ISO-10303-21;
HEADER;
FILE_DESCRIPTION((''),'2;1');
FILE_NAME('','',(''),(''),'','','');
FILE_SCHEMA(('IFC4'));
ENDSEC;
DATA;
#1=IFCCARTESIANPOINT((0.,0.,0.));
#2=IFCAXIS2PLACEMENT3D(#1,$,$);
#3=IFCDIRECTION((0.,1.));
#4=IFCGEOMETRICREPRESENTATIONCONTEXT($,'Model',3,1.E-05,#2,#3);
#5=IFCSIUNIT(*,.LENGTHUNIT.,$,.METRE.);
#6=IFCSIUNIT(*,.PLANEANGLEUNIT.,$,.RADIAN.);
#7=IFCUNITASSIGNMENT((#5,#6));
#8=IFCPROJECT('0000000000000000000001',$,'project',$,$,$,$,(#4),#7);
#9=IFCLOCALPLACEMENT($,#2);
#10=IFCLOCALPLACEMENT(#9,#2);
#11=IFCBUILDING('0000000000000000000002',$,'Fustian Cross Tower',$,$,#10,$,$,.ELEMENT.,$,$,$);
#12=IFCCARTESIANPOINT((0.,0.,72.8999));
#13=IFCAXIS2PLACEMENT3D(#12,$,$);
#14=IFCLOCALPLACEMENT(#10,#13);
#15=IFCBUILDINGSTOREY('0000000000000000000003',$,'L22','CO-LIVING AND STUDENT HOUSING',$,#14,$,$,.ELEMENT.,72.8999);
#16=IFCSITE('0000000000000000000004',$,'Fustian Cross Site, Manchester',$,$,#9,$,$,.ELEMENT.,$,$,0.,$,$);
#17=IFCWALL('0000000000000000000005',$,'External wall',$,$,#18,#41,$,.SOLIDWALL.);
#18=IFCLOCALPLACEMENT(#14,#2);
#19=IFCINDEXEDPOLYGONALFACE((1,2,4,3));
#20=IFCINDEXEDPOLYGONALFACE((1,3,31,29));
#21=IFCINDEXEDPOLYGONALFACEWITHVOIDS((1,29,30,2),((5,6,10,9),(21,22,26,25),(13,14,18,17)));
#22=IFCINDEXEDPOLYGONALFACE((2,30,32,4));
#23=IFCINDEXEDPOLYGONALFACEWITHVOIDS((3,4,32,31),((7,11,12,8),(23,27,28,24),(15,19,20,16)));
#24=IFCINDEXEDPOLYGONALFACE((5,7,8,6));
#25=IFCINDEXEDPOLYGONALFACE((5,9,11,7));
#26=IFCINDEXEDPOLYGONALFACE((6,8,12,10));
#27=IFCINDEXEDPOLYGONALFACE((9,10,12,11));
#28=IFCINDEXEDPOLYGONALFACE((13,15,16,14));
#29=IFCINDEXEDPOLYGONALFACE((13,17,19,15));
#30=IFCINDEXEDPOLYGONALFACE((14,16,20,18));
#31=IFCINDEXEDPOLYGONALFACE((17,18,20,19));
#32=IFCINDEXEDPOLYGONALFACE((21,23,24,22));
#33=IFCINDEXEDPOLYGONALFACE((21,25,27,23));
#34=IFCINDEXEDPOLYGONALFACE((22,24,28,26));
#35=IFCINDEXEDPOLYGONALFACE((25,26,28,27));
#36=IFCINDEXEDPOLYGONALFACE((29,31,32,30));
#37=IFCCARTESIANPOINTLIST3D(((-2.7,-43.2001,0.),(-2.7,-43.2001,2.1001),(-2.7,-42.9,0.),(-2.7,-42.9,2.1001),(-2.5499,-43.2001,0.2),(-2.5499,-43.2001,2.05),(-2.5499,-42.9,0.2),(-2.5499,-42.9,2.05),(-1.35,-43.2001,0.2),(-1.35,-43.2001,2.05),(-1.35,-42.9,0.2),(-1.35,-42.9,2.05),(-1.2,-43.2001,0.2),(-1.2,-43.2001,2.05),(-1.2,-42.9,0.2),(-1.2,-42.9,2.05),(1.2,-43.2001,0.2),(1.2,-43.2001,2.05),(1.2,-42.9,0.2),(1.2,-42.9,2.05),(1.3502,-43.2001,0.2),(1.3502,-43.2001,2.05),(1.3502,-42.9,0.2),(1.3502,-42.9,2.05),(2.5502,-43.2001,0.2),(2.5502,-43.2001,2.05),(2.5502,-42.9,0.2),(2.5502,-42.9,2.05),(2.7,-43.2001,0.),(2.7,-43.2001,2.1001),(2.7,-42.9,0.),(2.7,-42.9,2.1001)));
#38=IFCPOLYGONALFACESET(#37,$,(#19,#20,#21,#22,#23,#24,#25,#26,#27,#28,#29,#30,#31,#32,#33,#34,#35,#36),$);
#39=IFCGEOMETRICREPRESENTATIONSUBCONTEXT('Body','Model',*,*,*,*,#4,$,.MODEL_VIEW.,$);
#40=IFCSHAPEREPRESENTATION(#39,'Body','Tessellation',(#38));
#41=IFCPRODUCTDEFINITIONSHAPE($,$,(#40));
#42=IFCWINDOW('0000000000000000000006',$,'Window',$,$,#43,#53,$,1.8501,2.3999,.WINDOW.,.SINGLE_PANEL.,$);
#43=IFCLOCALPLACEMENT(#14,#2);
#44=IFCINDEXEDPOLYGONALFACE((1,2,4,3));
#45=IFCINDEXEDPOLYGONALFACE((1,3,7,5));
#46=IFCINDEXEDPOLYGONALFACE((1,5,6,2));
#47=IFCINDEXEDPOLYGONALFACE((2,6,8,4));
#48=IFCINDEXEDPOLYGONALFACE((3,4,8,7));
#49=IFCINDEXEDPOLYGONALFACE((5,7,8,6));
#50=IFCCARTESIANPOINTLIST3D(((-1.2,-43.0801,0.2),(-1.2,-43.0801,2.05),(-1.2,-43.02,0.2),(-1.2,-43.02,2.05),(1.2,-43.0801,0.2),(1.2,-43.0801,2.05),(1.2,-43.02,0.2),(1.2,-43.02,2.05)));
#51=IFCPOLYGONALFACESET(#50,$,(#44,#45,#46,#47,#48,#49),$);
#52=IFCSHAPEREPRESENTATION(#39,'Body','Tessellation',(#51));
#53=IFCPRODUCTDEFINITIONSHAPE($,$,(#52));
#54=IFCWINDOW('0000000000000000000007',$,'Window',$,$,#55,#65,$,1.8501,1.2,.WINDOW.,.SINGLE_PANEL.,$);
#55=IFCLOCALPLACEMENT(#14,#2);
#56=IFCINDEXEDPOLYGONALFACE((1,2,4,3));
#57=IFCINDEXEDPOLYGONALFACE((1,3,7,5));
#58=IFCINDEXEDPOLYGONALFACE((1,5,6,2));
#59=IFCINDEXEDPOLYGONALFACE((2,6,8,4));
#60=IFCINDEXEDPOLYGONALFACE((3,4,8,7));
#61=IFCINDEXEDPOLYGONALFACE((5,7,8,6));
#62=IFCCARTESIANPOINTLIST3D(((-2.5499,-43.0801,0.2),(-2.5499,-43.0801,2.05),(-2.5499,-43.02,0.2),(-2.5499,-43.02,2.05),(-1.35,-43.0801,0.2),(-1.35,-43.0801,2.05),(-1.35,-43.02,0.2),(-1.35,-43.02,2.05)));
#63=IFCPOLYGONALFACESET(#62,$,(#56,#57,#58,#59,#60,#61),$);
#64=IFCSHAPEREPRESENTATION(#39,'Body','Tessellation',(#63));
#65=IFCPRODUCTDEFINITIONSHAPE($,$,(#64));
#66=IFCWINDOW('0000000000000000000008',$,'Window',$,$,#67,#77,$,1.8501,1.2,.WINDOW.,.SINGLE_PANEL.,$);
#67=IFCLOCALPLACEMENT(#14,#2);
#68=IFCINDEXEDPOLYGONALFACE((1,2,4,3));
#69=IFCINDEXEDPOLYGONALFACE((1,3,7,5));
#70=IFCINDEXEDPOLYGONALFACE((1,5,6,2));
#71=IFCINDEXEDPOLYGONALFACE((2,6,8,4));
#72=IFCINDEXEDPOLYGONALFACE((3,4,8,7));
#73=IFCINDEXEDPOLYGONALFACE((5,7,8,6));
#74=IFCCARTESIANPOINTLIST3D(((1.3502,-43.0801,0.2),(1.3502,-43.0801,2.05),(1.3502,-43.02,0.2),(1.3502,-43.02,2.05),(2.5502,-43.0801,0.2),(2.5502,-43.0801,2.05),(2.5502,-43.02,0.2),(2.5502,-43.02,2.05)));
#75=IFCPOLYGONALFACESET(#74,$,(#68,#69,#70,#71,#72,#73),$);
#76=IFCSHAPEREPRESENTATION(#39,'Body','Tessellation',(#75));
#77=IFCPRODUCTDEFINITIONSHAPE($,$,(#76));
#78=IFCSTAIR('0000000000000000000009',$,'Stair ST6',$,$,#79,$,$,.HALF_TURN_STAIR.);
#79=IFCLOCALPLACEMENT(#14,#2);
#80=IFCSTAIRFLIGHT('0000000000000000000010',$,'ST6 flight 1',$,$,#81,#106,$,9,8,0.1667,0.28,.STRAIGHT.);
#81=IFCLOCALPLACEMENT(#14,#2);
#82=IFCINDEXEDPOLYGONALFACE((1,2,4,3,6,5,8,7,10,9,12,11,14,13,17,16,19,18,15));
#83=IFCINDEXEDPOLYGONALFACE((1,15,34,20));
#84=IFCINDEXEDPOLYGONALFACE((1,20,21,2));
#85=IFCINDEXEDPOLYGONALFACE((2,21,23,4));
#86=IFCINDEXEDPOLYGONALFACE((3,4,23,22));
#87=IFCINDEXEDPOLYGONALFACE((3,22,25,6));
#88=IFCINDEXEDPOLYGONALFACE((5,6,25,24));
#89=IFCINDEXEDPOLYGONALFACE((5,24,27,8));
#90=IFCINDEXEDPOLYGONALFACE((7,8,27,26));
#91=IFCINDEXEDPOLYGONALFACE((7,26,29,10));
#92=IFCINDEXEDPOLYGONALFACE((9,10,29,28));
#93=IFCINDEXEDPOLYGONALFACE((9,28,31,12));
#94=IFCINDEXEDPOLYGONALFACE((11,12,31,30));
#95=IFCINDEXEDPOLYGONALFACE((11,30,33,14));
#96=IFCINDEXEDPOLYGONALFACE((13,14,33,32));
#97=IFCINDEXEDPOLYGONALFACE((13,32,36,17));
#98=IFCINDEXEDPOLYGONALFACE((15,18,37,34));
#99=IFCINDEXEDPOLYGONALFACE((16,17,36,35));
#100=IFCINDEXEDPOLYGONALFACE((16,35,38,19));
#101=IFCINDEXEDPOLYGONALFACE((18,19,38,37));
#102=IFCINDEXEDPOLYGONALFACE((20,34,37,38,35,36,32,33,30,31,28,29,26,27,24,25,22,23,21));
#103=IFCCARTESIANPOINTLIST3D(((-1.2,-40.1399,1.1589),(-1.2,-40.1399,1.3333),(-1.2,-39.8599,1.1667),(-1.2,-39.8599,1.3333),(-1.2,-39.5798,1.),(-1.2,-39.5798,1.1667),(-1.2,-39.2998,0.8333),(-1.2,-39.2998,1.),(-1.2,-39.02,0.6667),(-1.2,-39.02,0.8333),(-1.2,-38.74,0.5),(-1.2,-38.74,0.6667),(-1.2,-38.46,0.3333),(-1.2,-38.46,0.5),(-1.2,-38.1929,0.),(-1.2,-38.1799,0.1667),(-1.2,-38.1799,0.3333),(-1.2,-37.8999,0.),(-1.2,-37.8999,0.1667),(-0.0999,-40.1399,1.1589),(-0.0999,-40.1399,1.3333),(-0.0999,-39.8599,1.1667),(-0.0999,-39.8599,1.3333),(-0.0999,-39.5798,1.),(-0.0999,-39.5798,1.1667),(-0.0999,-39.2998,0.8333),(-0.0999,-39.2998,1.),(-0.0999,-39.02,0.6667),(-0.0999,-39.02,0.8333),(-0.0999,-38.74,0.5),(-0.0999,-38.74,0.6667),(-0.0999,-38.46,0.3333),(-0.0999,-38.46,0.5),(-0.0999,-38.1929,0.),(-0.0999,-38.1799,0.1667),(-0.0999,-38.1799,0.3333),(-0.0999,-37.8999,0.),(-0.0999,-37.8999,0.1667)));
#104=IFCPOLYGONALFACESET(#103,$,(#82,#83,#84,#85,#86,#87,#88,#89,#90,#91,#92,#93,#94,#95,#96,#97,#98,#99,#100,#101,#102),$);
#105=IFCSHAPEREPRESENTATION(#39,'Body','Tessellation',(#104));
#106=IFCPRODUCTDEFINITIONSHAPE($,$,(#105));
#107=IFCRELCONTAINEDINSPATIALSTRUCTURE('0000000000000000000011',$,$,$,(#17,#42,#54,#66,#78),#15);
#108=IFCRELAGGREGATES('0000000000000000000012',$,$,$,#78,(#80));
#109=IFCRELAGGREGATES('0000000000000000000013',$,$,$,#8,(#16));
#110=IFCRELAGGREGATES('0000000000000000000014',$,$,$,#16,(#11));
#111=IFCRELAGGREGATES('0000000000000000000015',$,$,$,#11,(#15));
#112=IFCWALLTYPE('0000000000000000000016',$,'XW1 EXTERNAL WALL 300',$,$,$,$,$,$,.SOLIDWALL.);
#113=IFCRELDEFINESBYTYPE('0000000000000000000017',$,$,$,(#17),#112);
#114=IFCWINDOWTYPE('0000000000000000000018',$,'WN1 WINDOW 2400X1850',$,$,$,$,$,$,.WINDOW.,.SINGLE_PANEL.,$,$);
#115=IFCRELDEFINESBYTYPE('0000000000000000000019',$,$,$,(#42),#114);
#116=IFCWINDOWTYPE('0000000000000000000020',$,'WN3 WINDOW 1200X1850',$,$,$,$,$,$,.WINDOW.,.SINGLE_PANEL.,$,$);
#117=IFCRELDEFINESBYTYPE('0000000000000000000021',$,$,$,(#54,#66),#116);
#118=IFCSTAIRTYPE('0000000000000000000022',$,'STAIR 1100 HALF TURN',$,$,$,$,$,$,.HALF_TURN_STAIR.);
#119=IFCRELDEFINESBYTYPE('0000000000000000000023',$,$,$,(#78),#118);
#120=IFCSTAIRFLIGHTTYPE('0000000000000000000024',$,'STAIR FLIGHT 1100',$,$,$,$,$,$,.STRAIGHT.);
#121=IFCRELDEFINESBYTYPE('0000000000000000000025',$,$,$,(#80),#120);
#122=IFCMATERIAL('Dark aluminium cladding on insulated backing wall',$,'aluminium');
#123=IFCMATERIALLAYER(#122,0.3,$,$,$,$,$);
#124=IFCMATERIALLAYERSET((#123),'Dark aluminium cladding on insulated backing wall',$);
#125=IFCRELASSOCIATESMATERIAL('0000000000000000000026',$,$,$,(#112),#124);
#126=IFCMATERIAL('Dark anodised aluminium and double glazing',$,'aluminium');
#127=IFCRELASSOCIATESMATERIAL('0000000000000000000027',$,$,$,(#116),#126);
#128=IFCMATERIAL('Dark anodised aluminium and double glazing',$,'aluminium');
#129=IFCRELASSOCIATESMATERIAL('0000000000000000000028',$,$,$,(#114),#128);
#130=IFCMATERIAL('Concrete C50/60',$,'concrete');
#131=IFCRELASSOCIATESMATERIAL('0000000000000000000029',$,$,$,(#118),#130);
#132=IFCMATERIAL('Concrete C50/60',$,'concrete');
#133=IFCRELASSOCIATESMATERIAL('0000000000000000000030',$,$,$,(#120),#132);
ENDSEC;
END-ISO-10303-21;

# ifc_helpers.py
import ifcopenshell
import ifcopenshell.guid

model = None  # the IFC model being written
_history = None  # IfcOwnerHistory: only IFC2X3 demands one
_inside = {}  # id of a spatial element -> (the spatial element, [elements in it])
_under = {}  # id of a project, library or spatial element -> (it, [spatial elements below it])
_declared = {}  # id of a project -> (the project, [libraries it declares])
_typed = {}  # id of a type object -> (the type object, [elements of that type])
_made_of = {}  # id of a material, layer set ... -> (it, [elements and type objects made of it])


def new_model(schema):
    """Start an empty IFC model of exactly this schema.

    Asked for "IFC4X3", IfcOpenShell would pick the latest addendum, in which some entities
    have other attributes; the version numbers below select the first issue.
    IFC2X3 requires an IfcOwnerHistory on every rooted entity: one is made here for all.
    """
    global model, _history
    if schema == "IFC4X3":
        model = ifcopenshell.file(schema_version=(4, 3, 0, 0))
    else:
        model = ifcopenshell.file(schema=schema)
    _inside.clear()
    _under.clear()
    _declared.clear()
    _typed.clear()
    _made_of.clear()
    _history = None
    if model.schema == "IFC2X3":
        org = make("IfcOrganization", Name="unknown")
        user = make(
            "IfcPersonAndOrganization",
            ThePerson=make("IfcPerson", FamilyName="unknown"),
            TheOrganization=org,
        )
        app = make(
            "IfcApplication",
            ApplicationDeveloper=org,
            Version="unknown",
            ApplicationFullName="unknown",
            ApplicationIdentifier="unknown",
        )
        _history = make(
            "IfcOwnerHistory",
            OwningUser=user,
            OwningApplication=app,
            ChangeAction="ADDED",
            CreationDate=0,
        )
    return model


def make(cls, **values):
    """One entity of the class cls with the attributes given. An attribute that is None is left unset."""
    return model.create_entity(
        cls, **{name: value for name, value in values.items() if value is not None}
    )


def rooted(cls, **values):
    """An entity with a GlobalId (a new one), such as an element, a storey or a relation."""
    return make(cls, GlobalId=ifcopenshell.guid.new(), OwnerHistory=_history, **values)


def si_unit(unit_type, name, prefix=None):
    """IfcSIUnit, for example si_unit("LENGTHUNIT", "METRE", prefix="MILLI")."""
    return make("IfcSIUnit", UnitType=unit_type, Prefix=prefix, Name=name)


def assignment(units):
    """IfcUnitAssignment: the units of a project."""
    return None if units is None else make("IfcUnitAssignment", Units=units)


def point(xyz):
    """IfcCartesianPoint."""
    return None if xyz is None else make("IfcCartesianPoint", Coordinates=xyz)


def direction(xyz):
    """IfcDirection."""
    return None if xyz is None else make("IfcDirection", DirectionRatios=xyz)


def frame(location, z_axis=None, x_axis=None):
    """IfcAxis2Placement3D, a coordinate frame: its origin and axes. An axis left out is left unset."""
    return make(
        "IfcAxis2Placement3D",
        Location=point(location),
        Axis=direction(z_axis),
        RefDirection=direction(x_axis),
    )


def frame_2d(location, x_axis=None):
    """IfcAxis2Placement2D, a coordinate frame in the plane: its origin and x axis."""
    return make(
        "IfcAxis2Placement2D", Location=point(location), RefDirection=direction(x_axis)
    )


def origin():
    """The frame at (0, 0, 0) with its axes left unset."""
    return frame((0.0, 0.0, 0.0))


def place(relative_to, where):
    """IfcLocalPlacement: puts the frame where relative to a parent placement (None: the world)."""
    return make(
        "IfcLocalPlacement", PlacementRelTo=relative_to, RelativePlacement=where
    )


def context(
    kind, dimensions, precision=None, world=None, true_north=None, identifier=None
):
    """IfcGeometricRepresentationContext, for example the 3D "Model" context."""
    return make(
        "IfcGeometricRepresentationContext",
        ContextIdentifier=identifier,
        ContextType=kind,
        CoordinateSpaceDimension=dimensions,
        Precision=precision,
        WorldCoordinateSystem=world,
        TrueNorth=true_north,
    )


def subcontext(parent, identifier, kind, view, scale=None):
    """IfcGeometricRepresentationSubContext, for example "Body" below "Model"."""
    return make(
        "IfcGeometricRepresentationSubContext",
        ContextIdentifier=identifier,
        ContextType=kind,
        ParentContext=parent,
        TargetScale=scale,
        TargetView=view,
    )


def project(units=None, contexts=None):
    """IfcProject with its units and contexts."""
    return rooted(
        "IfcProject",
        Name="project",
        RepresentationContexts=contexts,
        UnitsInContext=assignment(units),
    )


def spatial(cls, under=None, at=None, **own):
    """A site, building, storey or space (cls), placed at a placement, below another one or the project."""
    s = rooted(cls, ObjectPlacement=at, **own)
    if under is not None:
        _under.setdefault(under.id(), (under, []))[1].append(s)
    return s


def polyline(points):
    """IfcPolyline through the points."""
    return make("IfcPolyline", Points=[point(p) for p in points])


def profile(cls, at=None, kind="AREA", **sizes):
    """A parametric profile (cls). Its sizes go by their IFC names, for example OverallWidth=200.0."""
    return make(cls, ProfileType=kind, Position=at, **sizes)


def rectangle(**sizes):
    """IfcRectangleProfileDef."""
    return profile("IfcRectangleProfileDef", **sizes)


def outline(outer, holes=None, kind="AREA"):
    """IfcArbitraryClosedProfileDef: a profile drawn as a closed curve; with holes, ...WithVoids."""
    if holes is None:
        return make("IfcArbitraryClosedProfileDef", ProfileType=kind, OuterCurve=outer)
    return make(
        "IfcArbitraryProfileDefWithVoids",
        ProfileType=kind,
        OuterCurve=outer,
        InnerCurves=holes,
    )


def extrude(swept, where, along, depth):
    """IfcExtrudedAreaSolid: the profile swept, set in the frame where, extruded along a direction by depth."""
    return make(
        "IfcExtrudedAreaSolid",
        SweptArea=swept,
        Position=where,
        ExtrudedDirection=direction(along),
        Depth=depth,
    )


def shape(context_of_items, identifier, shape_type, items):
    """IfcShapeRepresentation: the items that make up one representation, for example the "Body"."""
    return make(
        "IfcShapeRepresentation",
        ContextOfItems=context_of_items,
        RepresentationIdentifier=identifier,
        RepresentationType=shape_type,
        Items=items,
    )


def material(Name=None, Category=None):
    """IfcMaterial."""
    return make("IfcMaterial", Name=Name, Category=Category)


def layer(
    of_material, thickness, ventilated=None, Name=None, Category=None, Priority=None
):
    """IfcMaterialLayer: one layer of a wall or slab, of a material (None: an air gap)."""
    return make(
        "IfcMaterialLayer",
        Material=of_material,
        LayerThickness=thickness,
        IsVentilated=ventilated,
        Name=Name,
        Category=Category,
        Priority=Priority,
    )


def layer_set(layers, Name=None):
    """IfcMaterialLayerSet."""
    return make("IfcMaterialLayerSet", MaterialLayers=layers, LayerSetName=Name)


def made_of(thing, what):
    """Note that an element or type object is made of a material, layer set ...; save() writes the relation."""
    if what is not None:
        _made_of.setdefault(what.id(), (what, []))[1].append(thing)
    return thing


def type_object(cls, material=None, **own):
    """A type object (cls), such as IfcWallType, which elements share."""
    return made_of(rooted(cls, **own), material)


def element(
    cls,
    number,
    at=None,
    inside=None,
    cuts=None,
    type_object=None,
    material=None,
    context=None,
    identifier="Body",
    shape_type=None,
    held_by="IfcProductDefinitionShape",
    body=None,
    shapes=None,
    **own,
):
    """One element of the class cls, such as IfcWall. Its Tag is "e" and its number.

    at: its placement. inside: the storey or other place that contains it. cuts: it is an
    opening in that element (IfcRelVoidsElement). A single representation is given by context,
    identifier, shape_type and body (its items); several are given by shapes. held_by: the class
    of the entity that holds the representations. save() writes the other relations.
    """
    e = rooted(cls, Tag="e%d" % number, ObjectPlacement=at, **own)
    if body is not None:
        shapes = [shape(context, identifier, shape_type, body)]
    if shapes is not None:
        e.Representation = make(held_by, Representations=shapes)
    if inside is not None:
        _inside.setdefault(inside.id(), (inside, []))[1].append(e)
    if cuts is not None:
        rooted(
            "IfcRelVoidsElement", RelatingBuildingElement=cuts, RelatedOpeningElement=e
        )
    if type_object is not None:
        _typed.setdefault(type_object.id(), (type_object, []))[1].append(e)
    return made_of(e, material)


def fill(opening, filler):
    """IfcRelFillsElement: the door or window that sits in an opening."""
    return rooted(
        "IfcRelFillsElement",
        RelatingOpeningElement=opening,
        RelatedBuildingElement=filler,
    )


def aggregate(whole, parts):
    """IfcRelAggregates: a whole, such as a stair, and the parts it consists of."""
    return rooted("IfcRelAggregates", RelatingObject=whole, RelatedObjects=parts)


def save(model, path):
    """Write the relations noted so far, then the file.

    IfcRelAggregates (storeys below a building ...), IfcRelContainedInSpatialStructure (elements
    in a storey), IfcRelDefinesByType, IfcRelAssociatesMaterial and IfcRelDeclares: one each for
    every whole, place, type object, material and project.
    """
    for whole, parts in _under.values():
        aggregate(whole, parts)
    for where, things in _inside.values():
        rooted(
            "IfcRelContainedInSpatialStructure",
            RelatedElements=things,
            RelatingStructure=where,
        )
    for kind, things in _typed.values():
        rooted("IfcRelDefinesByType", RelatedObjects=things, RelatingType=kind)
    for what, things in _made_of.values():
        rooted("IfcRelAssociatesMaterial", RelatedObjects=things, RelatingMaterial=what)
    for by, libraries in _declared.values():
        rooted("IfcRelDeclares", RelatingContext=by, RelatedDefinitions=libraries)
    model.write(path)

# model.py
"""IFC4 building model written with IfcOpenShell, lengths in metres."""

from ifc_helpers import new_model, si_unit, direction, frame, frame_2d, origin, place, context, subcontext, project, spatial, polyline, rectangle, outline, extrude, material, layer, layer_set, type_object, element, fill, aggregate, save


model = new_model("IFC4")

# Units and contexts
model_context = context("Model", 3, precision=1e-05, world=origin(), true_north=direction((0.0, 1.0)))
body_context = subcontext(model_context, "Body", "Model", "MODEL_VIEW")
ifc_project = project(units=[si_unit("LENGTHUNIT", "METRE"), si_unit("PLANEANGLEUNIT", "RADIAN")], contexts=[model_context])

# Site, building, storey
site_placement = place(None, origin())
site = spatial("IfcSite", under=ifc_project, at=site_placement, Name="Fustian Cross Site, Manchester", CompositionType="ELEMENT", RefElevation=0.0)
building_placement = place(site_placement, origin())
building = spatial("IfcBuilding", under=site, at=building_placement, Name="Fustian Cross Tower", CompositionType="ELEMENT")
storey_placement = place(building_placement, frame((0.0, 0.0, 72.8999)))
storey = spatial("IfcBuildingStorey", under=building, at=storey_placement, Name="L22", Description="CO-LIVING AND STUDENT HOUSING", CompositionType="ELEMENT", Elevation=72.8999)

# Shared definitions
ifc_material_1 = material(Name="Dark aluminium cladding on insulated backing wall", Category="aluminium")
ifc_layer_1 = layer(ifc_material_1, 0.3)
ifc_layer_set_1 = layer_set([ifc_layer_1], Name="Dark aluminium cladding on insulated backing wall")
wall_type_1 = type_object("IfcWallType", Name="XW1 EXTERNAL WALL 300", PredefinedType="SOLIDWALL", material=ifc_layer_set_1)

# Shared definitions
ifc_material_2 = material(Name="Dark anodised aluminium and double glazing", Category="aluminium")
window_type_1 = type_object("IfcWindowType", Name="WN3 WINDOW 1200X1850", PartitioningType="SINGLE_PANEL", PredefinedType="WINDOW", material=ifc_material_2)

# Wall, openings, windows
wall_1_placement = place(storey_placement, frame((-2.7, -43.05, 0.0), z_axis=(0.0, 0.0, 1.0), x_axis=(1.0, 0.0, 0.0)))
wall_1 = element("IfcWall", 1, at=wall_1_placement, inside=storey, type_object=wall_type_1, Name="External wall", PredefinedType="SOLIDWALL", context=body_context, shape_type="SweptSolid", body=[
    extrude(rectangle(XDim=5.3999, YDim=0.3, at=frame_2d((2.7, 0.0))), origin(), (0.0, 0.0, 1.0), 2.1001),
])
opening_1_placement = place(wall_1_placement, frame((1.5, 0.0, 0.2)))
opening_1 = element("IfcOpeningElement", 2, at=opening_1_placement, cuts=wall_1, PredefinedType="OPENING", context=body_context, shape_type="SweptSolid", body=[
    extrude(rectangle(XDim=2.3999, YDim=1.8501, at=frame_2d((1.2, 0.925))), frame((0.0, 0.1599, 0.0), z_axis=(0.0, -1.0, 0.0), x_axis=(1.0, 0.0, 0.0)), (0.0, 0.0, 1.0), 0.3201),
])
opening_2_placement = place(wall_1_placement, frame((0.1499, 0.0, 0.2)))
opening_2 = element("IfcOpeningElement", 3, at=opening_2_placement, cuts=wall_1, PredefinedType="OPENING", context=body_context, shape_type="SweptSolid", body=[
    extrude(rectangle(XDim=1.2, YDim=1.8501, at=frame_2d((0.6001, 0.925))), frame((0.0, 0.1599, 0.0), z_axis=(0.0, -1.0, 0.0), x_axis=(1.0, 0.0, 0.0)), (0.0, 0.0, 1.0), 0.3201),
])
opening_3_placement = place(wall_1_placement, frame((4.05, 0.0, 0.2)))
opening_3 = element("IfcOpeningElement", 4, at=opening_3_placement, cuts=wall_1, PredefinedType="OPENING", context=body_context, shape_type="SweptSolid", body=[
    extrude(rectangle(XDim=1.2, YDim=1.8501, at=frame_2d((0.6001, 0.925))), frame((0.0, 0.1599, 0.0), z_axis=(0.0, -1.0, 0.0), x_axis=(1.0, 0.0, 0.0)), (0.0, 0.0, 1.0), 0.3201),
])
ifc_material_3 = material(Name="Dark anodised aluminium and double glazing", Category="aluminium")
window_type_2 = type_object("IfcWindowType", Name="WN1 WINDOW 2400X1850", PartitioningType="SINGLE_PANEL", PredefinedType="WINDOW", material=ifc_material_3)
window_1_placement = place(opening_1_placement, origin())
window_1 = element("IfcWindow", 5, at=window_1_placement, inside=storey, type_object=window_type_2, Name="Window", OverallHeight=1.8501, OverallWidth=2.3999, PartitioningType="SINGLE_PANEL", PredefinedType="WINDOW", context=body_context, shape_type="SweptSolid", body=[
    extrude(rectangle(XDim=2.3999, YDim=1.8501, at=frame_2d((1.2, 0.925))), frame((0.0, 0.03, 0.0), z_axis=(0.0, -1.0, 0.0), x_axis=(1.0, 0.0, 0.0)), (0.0, 0.0, 1.0), 0.0601),
])
fill(opening_1, window_1)
window_2_placement = place(opening_2_placement, origin())
window_2 = element("IfcWindow", 6, at=window_2_placement, inside=storey, type_object=window_type_1, Name="Window", OverallHeight=1.8501, OverallWidth=1.2, PartitioningType="SINGLE_PANEL", PredefinedType="WINDOW", context=body_context, shape_type="SweptSolid", body=[
    extrude(rectangle(XDim=1.2, YDim=1.8501, at=frame_2d((0.6001, 0.925))), frame((0.0, 0.03, 0.0), z_axis=(0.0, -1.0, 0.0), x_axis=(1.0, 0.0, 0.0)), (0.0, 0.0, 1.0), 0.0601),
])
fill(opening_2, window_2)
window_3_placement = place(opening_3_placement, origin())
window_3 = element("IfcWindow", 7, at=window_3_placement, inside=storey, type_object=window_type_1, Name="Window", OverallHeight=1.8501, OverallWidth=1.2, PartitioningType="SINGLE_PANEL", PredefinedType="WINDOW", context=body_context, shape_type="SweptSolid", body=[
    extrude(rectangle(XDim=1.2, YDim=1.8501, at=frame_2d((0.6001, 0.925))), frame((0.0, 0.03, 0.0), z_axis=(0.0, -1.0, 0.0), x_axis=(1.0, 0.0, 0.0)), (0.0, 0.0, 1.0), 0.0601),
])
fill(opening_3, window_3)

# Stair, stair flight
ifc_material_4 = material(Name="Concrete C50/60", Category="concrete")
stair_type = type_object("IfcStairType", Name="STAIR 1100 HALF TURN", PredefinedType="HALF_TURN_STAIR", material=ifc_material_4)
stair_placement = place(storey_placement, origin())
stair = element("IfcStair", 8, at=stair_placement, inside=storey, type_object=stair_type, Name="Stair ST6", PredefinedType="HALF_TURN_STAIR")
ifc_material_5 = material(Name="Concrete C50/60", Category="concrete")
stair_flight_type = type_object("IfcStairFlightType", Name="STAIR FLIGHT 1100", PredefinedType="STRAIGHT", material=ifc_material_5)
stair_flight_placement = place(storey_placement, frame((-0.6499, -37.8999, 0.0), z_axis=(0.0, 0.0, 1.0), x_axis=(0.0, -1.0, 0.0)))
stair_flight = element("IfcStairFlight", 9, at=stair_flight_placement, type_object=stair_flight_type, Name="ST6 flight 1", NumberOfRisers=9, NumberOfTreads=8, PredefinedType="STRAIGHT", RiserHeight=0.1667, TreadLength=0.28, context=body_context, shape_type="SweptSolid", body=[
    extrude(outline(polyline([(0.0, 0.0), (0.0, 0.1667), (0.28, 0.1667), (0.28, 0.3333), (0.5601, 0.3333), (0.5601, 0.5), (0.8401, 0.5), (0.8401, 0.6667), (1.1201, 0.6667), (1.1201, 0.8333), (1.3999, 0.8333), (1.3999, 1.0), (1.6799, 1.0), (1.6799, 1.1667), (1.96, 1.1667), (1.96, 1.3333), (2.24, 1.3333), (2.24, 1.5), (2.24, 1.1589), (0.293, 0.0), (0.0, 0.0)])), frame((0.0, 0.55, 0.0), z_axis=(0.0, -1.0, 0.0), x_axis=(1.0, 0.0, 0.0)), (0.0, 0.0, 1.0), 1.1001),
])
aggregate(stair, [stair_flight])

save(model, "model.ifc")
